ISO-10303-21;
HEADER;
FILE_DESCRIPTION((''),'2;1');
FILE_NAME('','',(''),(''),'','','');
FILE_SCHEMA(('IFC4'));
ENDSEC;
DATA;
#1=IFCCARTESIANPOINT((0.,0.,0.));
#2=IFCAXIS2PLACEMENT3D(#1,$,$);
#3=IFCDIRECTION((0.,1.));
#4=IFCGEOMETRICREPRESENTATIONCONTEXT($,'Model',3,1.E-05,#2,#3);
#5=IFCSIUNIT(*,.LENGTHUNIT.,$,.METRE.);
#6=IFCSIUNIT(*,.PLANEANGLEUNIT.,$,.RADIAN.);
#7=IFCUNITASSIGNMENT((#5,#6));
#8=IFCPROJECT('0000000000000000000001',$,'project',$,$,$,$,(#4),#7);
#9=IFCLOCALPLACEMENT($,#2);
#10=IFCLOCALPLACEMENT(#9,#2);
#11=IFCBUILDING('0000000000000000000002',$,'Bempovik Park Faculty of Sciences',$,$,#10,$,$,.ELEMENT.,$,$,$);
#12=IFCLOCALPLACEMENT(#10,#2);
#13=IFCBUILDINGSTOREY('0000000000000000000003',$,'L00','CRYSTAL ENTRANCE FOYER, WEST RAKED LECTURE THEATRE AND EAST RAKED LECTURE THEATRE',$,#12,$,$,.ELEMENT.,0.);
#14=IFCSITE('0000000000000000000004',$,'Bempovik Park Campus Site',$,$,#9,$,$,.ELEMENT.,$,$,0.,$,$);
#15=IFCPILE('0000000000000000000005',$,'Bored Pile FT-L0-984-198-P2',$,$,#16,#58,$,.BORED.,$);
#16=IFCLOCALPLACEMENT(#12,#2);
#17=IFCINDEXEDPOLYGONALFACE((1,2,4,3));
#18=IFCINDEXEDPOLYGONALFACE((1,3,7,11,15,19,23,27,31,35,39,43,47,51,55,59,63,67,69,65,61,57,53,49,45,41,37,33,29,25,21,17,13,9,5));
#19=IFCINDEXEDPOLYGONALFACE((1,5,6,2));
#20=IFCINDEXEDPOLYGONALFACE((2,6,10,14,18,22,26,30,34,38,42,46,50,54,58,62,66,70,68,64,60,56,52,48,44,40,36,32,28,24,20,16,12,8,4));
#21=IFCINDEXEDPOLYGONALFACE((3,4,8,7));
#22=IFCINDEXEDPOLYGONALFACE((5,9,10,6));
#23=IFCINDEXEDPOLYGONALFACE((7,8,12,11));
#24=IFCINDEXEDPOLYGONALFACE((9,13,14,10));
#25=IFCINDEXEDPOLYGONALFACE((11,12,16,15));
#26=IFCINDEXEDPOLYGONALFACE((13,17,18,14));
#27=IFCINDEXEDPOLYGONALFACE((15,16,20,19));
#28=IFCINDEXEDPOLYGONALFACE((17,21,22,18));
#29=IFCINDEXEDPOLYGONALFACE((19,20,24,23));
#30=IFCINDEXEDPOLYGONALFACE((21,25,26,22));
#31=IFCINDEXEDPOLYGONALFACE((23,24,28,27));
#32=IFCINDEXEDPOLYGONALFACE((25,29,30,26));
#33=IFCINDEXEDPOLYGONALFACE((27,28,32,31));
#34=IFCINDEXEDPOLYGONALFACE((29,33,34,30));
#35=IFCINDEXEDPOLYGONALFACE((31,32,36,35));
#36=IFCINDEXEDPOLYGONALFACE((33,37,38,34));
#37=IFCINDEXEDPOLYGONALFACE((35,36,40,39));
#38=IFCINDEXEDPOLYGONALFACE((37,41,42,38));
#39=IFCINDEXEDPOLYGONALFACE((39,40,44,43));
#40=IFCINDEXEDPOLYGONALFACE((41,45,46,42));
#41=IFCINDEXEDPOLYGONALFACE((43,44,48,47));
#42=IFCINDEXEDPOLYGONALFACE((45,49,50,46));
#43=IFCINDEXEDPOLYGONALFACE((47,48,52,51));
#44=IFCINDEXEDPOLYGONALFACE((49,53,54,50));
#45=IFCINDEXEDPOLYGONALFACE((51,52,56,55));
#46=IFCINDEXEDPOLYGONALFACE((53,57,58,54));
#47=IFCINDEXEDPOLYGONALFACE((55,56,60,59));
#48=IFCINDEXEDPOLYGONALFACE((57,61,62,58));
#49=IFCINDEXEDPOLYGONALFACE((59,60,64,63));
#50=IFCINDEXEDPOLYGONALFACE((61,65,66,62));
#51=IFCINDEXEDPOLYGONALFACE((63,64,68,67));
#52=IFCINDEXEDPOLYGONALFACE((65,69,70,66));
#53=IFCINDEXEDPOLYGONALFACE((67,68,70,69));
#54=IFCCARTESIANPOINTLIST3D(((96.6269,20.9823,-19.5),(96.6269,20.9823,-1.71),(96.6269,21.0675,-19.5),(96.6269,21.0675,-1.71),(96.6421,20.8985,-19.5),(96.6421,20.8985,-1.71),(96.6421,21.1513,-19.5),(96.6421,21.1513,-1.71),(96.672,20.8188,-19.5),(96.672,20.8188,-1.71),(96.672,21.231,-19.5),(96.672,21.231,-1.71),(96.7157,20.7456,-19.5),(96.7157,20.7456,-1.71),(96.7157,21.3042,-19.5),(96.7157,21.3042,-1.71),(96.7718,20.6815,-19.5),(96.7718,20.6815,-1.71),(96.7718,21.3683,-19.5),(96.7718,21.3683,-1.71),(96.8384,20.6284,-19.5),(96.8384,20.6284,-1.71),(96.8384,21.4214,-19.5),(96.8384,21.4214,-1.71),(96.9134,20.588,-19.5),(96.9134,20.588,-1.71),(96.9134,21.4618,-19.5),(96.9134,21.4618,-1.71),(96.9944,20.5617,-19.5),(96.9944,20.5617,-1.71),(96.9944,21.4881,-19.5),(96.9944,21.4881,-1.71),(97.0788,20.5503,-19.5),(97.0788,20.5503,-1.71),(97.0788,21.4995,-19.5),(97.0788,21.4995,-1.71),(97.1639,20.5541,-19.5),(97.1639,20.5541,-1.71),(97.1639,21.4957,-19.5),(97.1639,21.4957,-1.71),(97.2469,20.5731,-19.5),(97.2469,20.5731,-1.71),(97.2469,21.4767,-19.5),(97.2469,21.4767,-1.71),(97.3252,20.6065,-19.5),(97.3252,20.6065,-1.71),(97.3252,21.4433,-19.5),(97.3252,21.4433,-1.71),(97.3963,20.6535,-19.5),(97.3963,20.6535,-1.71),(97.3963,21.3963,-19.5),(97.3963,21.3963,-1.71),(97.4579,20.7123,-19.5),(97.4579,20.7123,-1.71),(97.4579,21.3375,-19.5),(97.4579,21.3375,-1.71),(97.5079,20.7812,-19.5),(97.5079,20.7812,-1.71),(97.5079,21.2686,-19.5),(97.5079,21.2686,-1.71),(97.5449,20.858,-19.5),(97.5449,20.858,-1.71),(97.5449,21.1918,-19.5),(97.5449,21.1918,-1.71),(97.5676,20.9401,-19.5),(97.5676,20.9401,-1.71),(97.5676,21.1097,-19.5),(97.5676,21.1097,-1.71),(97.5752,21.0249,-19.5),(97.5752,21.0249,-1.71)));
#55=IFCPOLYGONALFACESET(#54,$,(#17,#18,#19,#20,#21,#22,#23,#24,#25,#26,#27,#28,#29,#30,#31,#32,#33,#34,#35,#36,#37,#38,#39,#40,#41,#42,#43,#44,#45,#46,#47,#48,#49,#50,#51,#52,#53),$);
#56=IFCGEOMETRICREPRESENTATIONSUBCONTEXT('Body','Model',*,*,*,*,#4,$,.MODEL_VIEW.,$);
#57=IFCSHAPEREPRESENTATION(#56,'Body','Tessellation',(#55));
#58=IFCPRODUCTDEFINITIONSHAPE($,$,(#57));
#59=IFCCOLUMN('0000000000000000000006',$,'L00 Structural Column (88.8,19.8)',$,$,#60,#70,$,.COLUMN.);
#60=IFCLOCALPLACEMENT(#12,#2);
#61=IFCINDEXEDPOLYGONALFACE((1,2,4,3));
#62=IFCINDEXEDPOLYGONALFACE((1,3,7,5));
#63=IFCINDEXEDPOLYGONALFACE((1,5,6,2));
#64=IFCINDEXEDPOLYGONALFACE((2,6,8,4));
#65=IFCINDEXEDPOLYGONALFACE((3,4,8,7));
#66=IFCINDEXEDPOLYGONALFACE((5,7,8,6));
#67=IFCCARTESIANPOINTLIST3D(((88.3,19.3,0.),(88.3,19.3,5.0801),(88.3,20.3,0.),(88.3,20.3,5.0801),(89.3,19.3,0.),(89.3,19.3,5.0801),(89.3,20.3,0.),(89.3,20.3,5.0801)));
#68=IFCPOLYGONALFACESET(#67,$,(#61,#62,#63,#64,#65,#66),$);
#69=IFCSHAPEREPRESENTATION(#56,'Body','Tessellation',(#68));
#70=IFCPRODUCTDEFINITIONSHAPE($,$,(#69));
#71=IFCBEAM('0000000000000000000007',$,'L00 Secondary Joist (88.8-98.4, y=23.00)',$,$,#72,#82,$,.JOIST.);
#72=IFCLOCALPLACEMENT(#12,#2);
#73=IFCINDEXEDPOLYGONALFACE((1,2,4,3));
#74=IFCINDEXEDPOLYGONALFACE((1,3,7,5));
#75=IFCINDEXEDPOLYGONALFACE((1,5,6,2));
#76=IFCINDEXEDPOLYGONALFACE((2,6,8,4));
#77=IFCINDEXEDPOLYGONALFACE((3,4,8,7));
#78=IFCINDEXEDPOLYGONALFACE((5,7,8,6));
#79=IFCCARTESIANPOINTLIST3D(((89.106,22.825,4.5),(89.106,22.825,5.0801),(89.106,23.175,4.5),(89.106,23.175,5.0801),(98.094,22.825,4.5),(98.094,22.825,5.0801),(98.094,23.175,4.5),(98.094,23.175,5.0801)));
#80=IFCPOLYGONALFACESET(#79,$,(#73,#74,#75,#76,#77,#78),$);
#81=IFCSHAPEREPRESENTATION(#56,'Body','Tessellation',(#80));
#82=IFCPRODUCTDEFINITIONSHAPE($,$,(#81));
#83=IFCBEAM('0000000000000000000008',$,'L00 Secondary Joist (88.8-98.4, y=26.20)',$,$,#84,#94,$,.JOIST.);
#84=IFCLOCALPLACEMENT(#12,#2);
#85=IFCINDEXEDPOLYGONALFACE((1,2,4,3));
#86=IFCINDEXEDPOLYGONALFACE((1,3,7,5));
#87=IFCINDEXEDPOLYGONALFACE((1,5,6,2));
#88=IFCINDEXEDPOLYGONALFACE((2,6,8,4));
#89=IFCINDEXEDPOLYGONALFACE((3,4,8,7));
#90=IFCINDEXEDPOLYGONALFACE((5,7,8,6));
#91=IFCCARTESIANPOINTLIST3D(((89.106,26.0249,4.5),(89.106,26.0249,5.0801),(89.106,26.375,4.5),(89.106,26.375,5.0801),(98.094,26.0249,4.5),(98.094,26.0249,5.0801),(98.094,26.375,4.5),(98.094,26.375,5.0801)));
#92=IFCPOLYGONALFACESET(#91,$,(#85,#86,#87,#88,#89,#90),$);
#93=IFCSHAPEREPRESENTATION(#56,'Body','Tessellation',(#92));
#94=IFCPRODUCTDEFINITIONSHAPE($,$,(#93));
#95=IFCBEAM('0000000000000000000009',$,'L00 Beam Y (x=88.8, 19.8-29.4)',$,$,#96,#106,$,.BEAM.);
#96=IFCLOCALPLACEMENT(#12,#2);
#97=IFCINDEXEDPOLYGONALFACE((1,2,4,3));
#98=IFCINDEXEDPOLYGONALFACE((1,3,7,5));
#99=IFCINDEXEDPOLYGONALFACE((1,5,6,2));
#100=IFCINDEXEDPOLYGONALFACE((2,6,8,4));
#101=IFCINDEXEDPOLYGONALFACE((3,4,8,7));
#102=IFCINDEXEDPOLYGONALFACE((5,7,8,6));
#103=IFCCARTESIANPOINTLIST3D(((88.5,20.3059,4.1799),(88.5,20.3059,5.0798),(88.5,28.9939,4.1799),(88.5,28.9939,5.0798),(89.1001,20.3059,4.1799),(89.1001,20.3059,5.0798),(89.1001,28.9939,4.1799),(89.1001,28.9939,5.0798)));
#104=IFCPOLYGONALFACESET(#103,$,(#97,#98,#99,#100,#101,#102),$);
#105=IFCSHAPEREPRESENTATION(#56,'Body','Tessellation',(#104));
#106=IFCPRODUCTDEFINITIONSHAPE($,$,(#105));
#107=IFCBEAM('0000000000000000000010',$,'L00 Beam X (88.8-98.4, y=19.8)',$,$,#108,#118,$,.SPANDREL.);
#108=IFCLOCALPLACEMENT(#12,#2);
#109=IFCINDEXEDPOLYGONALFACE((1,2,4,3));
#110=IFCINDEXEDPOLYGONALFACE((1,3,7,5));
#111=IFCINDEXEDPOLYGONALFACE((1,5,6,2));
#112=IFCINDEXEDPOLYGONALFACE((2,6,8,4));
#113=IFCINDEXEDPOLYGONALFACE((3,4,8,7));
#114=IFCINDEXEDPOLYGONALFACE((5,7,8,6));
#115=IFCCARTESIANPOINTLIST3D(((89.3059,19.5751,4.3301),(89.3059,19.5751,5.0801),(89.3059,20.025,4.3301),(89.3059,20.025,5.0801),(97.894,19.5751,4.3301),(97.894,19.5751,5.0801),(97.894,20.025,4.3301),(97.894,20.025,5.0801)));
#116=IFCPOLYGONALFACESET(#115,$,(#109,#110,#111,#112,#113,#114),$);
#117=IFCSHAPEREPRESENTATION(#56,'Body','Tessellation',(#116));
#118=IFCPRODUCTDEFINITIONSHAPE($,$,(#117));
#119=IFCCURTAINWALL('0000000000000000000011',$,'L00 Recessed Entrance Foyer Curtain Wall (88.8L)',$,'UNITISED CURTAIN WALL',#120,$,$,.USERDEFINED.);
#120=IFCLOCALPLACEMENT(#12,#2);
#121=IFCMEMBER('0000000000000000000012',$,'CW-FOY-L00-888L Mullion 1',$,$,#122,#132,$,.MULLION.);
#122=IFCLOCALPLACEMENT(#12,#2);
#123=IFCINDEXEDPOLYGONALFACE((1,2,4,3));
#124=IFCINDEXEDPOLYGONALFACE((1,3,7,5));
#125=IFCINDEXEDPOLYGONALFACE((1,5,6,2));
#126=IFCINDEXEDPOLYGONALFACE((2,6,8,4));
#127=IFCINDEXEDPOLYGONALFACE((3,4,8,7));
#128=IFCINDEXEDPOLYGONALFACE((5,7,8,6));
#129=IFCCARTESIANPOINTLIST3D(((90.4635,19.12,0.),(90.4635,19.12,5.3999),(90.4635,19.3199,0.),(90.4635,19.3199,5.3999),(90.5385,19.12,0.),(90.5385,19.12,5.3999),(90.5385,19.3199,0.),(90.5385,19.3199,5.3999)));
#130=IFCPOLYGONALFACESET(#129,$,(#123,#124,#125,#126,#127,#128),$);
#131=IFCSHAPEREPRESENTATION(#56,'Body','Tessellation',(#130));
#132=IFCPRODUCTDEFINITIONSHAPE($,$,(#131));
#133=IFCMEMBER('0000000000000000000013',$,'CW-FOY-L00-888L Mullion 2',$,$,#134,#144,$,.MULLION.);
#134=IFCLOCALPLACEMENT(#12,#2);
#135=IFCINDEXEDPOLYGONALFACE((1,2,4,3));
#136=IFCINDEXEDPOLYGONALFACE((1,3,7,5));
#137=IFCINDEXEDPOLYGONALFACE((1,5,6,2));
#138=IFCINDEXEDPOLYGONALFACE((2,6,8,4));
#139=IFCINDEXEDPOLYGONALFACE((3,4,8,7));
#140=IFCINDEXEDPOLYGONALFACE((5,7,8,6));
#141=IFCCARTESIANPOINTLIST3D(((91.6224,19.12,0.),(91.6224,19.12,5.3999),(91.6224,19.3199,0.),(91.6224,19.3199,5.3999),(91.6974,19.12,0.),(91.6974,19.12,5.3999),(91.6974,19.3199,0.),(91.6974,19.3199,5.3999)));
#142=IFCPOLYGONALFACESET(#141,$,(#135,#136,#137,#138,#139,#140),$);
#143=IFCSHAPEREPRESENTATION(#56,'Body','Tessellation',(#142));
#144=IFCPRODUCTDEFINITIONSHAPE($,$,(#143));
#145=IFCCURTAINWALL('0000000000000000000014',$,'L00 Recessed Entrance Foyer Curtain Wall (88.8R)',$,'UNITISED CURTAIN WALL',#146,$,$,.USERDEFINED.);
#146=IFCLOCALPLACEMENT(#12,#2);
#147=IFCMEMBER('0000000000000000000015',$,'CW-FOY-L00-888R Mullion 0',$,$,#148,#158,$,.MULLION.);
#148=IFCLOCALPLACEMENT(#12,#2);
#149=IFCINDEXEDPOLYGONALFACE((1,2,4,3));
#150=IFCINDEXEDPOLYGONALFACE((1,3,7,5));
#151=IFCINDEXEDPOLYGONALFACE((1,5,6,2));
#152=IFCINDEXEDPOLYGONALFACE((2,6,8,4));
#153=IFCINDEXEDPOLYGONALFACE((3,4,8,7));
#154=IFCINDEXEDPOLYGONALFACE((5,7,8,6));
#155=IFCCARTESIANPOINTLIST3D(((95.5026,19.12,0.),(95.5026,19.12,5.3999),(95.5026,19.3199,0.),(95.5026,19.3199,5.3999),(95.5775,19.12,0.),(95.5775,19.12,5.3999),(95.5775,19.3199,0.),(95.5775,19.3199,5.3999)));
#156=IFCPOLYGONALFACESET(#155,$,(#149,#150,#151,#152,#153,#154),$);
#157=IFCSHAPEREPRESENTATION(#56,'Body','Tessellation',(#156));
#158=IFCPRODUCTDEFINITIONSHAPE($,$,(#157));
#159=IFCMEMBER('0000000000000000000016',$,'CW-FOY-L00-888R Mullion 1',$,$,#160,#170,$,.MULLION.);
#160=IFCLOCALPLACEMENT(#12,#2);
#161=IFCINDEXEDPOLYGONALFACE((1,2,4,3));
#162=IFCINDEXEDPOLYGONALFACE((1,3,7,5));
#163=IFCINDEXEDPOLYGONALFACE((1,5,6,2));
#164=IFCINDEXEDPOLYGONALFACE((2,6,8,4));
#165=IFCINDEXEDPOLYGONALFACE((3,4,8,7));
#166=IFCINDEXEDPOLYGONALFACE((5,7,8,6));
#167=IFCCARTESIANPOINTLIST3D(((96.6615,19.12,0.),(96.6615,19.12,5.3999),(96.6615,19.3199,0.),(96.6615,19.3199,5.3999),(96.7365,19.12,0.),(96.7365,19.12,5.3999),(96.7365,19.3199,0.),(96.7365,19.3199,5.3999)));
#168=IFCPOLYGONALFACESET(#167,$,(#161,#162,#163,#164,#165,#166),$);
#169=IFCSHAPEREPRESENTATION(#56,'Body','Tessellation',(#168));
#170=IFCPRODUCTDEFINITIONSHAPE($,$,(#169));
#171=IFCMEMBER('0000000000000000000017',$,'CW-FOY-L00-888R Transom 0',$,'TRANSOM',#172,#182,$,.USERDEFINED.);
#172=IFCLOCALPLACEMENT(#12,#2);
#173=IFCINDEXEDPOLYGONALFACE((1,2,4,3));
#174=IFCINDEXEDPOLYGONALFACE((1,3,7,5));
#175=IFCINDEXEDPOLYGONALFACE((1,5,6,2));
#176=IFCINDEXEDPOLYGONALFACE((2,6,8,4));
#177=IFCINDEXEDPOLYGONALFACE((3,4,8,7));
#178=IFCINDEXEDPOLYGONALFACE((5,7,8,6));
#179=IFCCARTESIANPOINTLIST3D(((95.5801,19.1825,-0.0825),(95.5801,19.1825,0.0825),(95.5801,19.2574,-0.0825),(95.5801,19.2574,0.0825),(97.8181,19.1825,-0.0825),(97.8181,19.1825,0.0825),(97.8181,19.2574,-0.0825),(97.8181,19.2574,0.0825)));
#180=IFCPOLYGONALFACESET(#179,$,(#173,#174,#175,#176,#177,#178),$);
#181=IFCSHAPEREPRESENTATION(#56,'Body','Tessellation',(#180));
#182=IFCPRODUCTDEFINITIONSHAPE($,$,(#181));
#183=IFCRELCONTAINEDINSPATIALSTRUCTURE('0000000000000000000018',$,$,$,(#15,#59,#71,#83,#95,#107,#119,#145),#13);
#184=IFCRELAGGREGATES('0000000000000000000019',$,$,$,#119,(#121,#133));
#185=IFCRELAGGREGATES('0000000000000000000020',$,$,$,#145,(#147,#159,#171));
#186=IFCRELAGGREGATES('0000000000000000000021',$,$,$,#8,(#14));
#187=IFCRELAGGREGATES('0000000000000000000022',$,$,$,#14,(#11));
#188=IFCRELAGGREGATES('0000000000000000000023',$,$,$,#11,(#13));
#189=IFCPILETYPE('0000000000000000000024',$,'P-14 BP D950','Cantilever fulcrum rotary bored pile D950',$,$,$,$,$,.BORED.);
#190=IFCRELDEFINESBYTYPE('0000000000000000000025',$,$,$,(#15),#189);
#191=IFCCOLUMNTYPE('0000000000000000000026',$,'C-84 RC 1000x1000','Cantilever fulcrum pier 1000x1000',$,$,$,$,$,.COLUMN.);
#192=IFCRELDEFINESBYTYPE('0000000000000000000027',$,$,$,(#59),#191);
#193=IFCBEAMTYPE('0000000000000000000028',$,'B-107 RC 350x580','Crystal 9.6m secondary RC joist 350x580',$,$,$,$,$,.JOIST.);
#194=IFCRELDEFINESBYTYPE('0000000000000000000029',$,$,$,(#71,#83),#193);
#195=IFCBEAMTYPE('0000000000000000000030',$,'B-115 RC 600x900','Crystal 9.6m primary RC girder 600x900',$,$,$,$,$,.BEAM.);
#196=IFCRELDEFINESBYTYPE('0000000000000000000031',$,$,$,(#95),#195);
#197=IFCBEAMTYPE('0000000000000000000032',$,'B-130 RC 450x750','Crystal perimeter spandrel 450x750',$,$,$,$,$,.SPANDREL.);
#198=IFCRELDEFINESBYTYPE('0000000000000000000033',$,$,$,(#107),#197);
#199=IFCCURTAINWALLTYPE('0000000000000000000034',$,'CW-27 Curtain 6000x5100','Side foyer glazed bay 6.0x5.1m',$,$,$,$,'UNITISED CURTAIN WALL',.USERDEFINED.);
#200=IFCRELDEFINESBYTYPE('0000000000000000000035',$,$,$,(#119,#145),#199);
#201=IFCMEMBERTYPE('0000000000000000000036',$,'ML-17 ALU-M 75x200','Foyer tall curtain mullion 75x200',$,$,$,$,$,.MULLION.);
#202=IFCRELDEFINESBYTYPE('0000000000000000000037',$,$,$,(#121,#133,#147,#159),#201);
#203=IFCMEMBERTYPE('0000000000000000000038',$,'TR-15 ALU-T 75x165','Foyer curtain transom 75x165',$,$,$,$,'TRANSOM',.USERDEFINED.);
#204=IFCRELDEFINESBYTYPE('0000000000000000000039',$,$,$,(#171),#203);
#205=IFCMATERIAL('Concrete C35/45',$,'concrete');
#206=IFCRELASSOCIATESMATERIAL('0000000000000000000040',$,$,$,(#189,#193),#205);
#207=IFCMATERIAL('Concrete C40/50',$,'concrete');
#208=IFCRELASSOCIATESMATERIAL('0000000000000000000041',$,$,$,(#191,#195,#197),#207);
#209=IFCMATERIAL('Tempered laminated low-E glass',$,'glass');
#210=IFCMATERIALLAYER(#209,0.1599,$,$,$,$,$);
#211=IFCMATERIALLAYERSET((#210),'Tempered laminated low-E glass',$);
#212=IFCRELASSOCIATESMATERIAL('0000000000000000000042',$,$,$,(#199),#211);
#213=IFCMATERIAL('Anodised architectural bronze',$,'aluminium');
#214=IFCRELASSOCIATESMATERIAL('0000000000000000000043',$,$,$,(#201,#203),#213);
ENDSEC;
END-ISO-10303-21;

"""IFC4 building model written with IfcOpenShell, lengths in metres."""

from ifc_helpers import new_model, si_unit, direction, frame, origin, origin_2d, place, context, subcontext, project, spatial, rectangle, circle, extrude, material, layer, layer_set, material_profile, profile_set, type_object, element, aggregate, save


model = new_model("IFC4")

# Units and contexts
model_context = context("Model", 3, precision=1e-05, world=origin(), true_north=direction((0.0, 1.0)))
body_context = subcontext(model_context, "Body", "Model", "MODEL_VIEW")
ifc_project = project(units=[si_unit("LENGTHUNIT", "METRE"), si_unit("PLANEANGLEUNIT", "RADIAN")], contexts=[model_context])

# Site, building, storey
site_placement = place(None, origin())
site = spatial("IfcSite", under=ifc_project, at=site_placement, Name="Bempovik Park Campus Site", CompositionType="ELEMENT", RefElevation=0.0)
building_placement = place(site_placement, origin())
building = spatial("IfcBuilding", under=site, at=building_placement, Name="Bempovik Park Faculty of Sciences", CompositionType="ELEMENT")
storey_placement = place(building_placement, origin())
storey = spatial("IfcBuildingStorey", under=building, at=storey_placement, Name="L00", Description="CRYSTAL ENTRANCE FOYER, WEST RAKED LECTURE THEATRE AND EAST RAKED LECTURE THEATRE", CompositionType="ELEMENT", Elevation=0.0)

# Shared definitions
ifc_material_1 = material(Name="Concrete C35/45", Category="concrete")

# Pile
ifc_material_profile_1 = material_profile(ifc_material_1, circle(Radius=0.4751, at=origin_2d()), Name="BP D950")
ifc_profile_set_1 = profile_set([ifc_material_profile_1], Name="Concrete C35/45")
pile_type = type_object("IfcPileType", Name="P-14 BP D950", Description="Cantilever fulcrum rotary bored pile D950", PredefinedType="BORED", material=ifc_profile_set_1)
for number, where, z_axis, x_axis, name in (
    (1, (97.1001, 21.0249, -1.71), (0.0, 0.0, -1.0), (1.0, 0.0, 0.0), "Bored Pile FT-L0-984-198-P2"),
):
    element("IfcPile", number, at=place(storey_placement, frame(where, z_axis=z_axis, x_axis=x_axis)), inside=storey, type_object=pile_type, Name=name, PredefinedType="BORED", context=body_context, shape_type="SweptSolid", body=[
        extrude(circle(Radius=0.4751, at=origin_2d()), origin(), (0.0, 0.0, 1.0), 17.79),
    ])

# Column
ifc_material_2 = material(Name="Concrete C40/50", Category="concrete")
ifc_material_profile_2 = material_profile(ifc_material_2, rectangle(XDim=1.0, YDim=1.0, at=origin_2d()), Name="RC 1000x1000")
ifc_profile_set_2 = profile_set([ifc_material_profile_2], Name="Concrete C40/50")
column_type = type_object("IfcColumnType", Name="C-84 RC 1000x1000", Description="Cantilever fulcrum pier 1000x1000", PredefinedType="COLUMN", material=ifc_profile_set_2)
column_placement = place(storey_placement, frame((88.8, 19.8, 0.0), z_axis=(0.0, 0.0, 1.0), x_axis=(1.0, 0.0, 0.0)))
element("IfcColumn", 2, at=column_placement, inside=storey, type_object=column_type, Name="L00 Structural Column (88.8,19.8)", PredefinedType="COLUMN", context=body_context, shape_type="SweptSolid", body=[
    extrude(rectangle(XDim=1.0, YDim=1.0, at=origin_2d()), origin(), (0.0, 0.0, 1.0), 5.0801),
])

# Beams
ifc_material_profile_3 = material_profile(ifc_material_1, rectangle(XDim=0.3501, YDim=0.5801, at=origin_2d()), Name="RC 350x580")
ifc_profile_set_3 = profile_set([ifc_material_profile_3], Name="Concrete C35/45")
beam_type_1 = type_object("IfcBeamType", Name="B-107 RC 350x580", Description="Crystal 9.6m secondary RC joist 350x580", PredefinedType="JOIST", material=ifc_profile_set_3)
for number, where, z_axis, x_axis, name in (
    (3, (89.106, 23.0, 4.79), (1.0, 0.0, 0.0), (0.0, 1.0, 0.0), "L00 Secondary Joist (88.8-98.4, y=23.00)"),
    (4, (89.106, 26.2, 4.79), (1.0, 0.0, 0.0), (0.0, 1.0, 0.0), "L00 Secondary Joist (88.8-98.4, y=26.20)"),
):
    element("IfcBeam", number, at=place(storey_placement, frame(where, z_axis=z_axis, x_axis=x_axis)), inside=storey, type_object=beam_type_1, Name=name, PredefinedType="JOIST", context=body_context, shape_type="SweptSolid", body=[
        extrude(rectangle(XDim=0.3501, YDim=0.5801, at=origin_2d()), origin(), (0.0, 0.0, 1.0), 8.988),
    ])
ifc_material_profile_4 = material_profile(ifc_material_2, rectangle(XDim=0.6001, YDim=0.8999, at=origin_2d()), Name="RC 600x900")
ifc_profile_set_4 = profile_set([ifc_material_profile_4], Name="Concrete C40/50")
beam_type_2 = type_object("IfcBeamType", Name="B-115 RC 600x900", Description="Crystal 9.6m primary RC girder 600x900", PredefinedType="BEAM", material=ifc_profile_set_4)
beam_1_placement = place(storey_placement, frame((88.8, 20.3059, 4.6299), z_axis=(0.0, 1.0, 0.0), x_axis=(-1.0, 0.0, 0.0)))
element("IfcBeam", 5, at=beam_1_placement, inside=storey, type_object=beam_type_2, Name="L00 Beam Y (x=88.8, 19.8-29.4)", PredefinedType="BEAM", context=body_context, shape_type="SweptSolid", body=[
    extrude(rectangle(XDim=0.6001, YDim=0.8999, at=origin_2d()), origin(), (0.0, 0.0, 1.0), 8.688),
])
ifc_material_profile_5 = material_profile(ifc_material_2, rectangle(XDim=0.45, YDim=0.75, at=origin_2d()), Name="RC 450x750")
ifc_profile_set_5 = profile_set([ifc_material_profile_5], Name="Concrete C40/50")
beam_type_3 = type_object("IfcBeamType", Name="B-130 RC 450x750", Description="Crystal perimeter spandrel 450x750", PredefinedType="SPANDREL", material=ifc_profile_set_5)
beam_2_placement = place(storey_placement, frame((89.3059, 19.8, 4.7051), z_axis=(1.0, 0.0, 0.0), x_axis=(0.0, 1.0, 0.0)))
element("IfcBeam", 6, at=beam_2_placement, inside=storey, type_object=beam_type_3, Name="L00 Beam X (88.8-98.4, y=19.8)", PredefinedType="SPANDREL", context=body_context, shape_type="SweptSolid", body=[
    extrude(rectangle(XDim=0.45, YDim=0.75, at=origin_2d()), origin(), (0.0, 0.0, 1.0), 8.5881),
])

# Curtain walls, members
ifc_material_3 = material(Name="Tempered laminated low-E glass", Category="glass")
ifc_layer_1 = layer(ifc_material_3, 0.1599)
ifc_layer_set_1 = layer_set([ifc_layer_1], Name="Tempered laminated low-E glass")
curtain_wall_type = type_object("IfcCurtainWallType", Name="CW-27 Curtain 6000x5100", Description="Side foyer glazed bay 6.0x5.1m", ElementType="UNITISED CURTAIN WALL", PredefinedType="USERDEFINED", material=ifc_layer_set_1)
curtain_wall_1_placement = place(storey_placement, origin())
curtain_wall_1 = element("IfcCurtainWall", 7, at=curtain_wall_1_placement, inside=storey, type_object=curtain_wall_type, Name="L00 Recessed Entrance Foyer Curtain Wall (88.8L)", ObjectType="UNITISED CURTAIN WALL", PredefinedType="USERDEFINED")
ifc_material_4 = material(Name="Anodised architectural bronze", Category="aluminium")
ifc_material_profile_6 = material_profile(ifc_material_4, rectangle(XDim=0.075, YDim=0.2, at=origin_2d()), Name="ALU-M 75x200")
ifc_profile_set_6 = profile_set([ifc_material_profile_6], Name="Anodised architectural bronze")
member_type_1 = type_object("IfcMemberType", Name="ML-17 ALU-M 75x200", Description="Foyer tall curtain mullion 75x200", PredefinedType="MULLION", material=ifc_profile_set_6)
member_1_placement = place(storey_placement, frame((90.501, 19.22, 0.0), z_axis=(0.0, 0.0, 1.0), x_axis=(1.0, 0.0, 0.0)))
member_1 = element("IfcMember", 8, at=member_1_placement, type_object=member_type_1, Name="CW-FOY-L00-888L Mullion 1", PredefinedType="MULLION", context=body_context, shape_type="SweptSolid", body=[
    extrude(rectangle(XDim=0.075, YDim=0.2, at=origin_2d()), origin(), (0.0, 0.0, 1.0), 5.3999),
])
member_2_placement = place(storey_placement, frame((91.6599, 19.22, 0.0), z_axis=(0.0, 0.0, 1.0), x_axis=(1.0, 0.0, 0.0)))
member_2 = element("IfcMember", 9, at=member_2_placement, type_object=member_type_1, Name="CW-FOY-L00-888L Mullion 2", PredefinedType="MULLION", context=body_context, shape_type="SweptSolid", body=[
    extrude(rectangle(XDim=0.075, YDim=0.2, at=origin_2d()), origin(), (0.0, 0.0, 1.0), 5.3999),
])
curtain_wall_2_placement = place(storey_placement, origin())
curtain_wall_2 = element("IfcCurtainWall", 10, at=curtain_wall_2_placement, inside=storey, type_object=curtain_wall_type, Name="L00 Recessed Entrance Foyer Curtain Wall (88.8R)", ObjectType="UNITISED CURTAIN WALL", PredefinedType="USERDEFINED")
member_3_placement = place(storey_placement, frame((95.54, 19.22, 0.0), z_axis=(0.0, 0.0, 1.0), x_axis=(1.0, 0.0, 0.0)))
member_3 = element("IfcMember", 11, at=member_3_placement, type_object=member_type_1, Name="CW-FOY-L00-888R Mullion 0", PredefinedType="MULLION", context=body_context, shape_type="SweptSolid", body=[
    extrude(rectangle(XDim=0.075, YDim=0.2, at=origin_2d()), origin(), (0.0, 0.0, 1.0), 5.3999),
])
member_4_placement = place(storey_placement, frame((96.699, 19.22, 0.0), z_axis=(0.0, 0.0, 1.0), x_axis=(1.0, 0.0, 0.0)))
member_4 = element("IfcMember", 12, at=member_4_placement, type_object=member_type_1, Name="CW-FOY-L00-888R Mullion 1", PredefinedType="MULLION", context=body_context, shape_type="SweptSolid", body=[
    extrude(rectangle(XDim=0.075, YDim=0.2, at=origin_2d()), origin(), (0.0, 0.0, 1.0), 5.3999),
])
ifc_material_profile_7 = material_profile(ifc_material_4, rectangle(XDim=0.075, YDim=0.165, at=origin_2d()), Name="ALU-T 75x165")
ifc_profile_set_7 = profile_set([ifc_material_profile_7], Name="Anodised architectural bronze")
member_type_2 = type_object("IfcMemberType", Name="TR-15 ALU-T 75x165", Description="Foyer curtain transom 75x165", ElementType="TRANSOM", PredefinedType="USERDEFINED", material=ifc_profile_set_7)
member_5_placement = place(storey_placement, frame((95.5801, 19.22, 0.0), z_axis=(1.0, 0.0, 0.0), x_axis=(0.0, 1.0, 0.0)))
member_5 = element("IfcMember", 13, at=member_5_placement, type_object=member_type_2, Name="CW-FOY-L00-888R Transom 0", ObjectType="TRANSOM", PredefinedType="USERDEFINED", context=body_context, shape_type="SweptSolid", body=[
    extrude(rectangle(XDim=0.075, YDim=0.165, at=origin_2d()), origin(), (0.0, 0.0, 1.0), 2.238),
])

aggregate(curtain_wall_1, [member_1, member_2])
aggregate(curtain_wall_2, [member_3, member_4, member_5])

save(model, "model.ifc")
